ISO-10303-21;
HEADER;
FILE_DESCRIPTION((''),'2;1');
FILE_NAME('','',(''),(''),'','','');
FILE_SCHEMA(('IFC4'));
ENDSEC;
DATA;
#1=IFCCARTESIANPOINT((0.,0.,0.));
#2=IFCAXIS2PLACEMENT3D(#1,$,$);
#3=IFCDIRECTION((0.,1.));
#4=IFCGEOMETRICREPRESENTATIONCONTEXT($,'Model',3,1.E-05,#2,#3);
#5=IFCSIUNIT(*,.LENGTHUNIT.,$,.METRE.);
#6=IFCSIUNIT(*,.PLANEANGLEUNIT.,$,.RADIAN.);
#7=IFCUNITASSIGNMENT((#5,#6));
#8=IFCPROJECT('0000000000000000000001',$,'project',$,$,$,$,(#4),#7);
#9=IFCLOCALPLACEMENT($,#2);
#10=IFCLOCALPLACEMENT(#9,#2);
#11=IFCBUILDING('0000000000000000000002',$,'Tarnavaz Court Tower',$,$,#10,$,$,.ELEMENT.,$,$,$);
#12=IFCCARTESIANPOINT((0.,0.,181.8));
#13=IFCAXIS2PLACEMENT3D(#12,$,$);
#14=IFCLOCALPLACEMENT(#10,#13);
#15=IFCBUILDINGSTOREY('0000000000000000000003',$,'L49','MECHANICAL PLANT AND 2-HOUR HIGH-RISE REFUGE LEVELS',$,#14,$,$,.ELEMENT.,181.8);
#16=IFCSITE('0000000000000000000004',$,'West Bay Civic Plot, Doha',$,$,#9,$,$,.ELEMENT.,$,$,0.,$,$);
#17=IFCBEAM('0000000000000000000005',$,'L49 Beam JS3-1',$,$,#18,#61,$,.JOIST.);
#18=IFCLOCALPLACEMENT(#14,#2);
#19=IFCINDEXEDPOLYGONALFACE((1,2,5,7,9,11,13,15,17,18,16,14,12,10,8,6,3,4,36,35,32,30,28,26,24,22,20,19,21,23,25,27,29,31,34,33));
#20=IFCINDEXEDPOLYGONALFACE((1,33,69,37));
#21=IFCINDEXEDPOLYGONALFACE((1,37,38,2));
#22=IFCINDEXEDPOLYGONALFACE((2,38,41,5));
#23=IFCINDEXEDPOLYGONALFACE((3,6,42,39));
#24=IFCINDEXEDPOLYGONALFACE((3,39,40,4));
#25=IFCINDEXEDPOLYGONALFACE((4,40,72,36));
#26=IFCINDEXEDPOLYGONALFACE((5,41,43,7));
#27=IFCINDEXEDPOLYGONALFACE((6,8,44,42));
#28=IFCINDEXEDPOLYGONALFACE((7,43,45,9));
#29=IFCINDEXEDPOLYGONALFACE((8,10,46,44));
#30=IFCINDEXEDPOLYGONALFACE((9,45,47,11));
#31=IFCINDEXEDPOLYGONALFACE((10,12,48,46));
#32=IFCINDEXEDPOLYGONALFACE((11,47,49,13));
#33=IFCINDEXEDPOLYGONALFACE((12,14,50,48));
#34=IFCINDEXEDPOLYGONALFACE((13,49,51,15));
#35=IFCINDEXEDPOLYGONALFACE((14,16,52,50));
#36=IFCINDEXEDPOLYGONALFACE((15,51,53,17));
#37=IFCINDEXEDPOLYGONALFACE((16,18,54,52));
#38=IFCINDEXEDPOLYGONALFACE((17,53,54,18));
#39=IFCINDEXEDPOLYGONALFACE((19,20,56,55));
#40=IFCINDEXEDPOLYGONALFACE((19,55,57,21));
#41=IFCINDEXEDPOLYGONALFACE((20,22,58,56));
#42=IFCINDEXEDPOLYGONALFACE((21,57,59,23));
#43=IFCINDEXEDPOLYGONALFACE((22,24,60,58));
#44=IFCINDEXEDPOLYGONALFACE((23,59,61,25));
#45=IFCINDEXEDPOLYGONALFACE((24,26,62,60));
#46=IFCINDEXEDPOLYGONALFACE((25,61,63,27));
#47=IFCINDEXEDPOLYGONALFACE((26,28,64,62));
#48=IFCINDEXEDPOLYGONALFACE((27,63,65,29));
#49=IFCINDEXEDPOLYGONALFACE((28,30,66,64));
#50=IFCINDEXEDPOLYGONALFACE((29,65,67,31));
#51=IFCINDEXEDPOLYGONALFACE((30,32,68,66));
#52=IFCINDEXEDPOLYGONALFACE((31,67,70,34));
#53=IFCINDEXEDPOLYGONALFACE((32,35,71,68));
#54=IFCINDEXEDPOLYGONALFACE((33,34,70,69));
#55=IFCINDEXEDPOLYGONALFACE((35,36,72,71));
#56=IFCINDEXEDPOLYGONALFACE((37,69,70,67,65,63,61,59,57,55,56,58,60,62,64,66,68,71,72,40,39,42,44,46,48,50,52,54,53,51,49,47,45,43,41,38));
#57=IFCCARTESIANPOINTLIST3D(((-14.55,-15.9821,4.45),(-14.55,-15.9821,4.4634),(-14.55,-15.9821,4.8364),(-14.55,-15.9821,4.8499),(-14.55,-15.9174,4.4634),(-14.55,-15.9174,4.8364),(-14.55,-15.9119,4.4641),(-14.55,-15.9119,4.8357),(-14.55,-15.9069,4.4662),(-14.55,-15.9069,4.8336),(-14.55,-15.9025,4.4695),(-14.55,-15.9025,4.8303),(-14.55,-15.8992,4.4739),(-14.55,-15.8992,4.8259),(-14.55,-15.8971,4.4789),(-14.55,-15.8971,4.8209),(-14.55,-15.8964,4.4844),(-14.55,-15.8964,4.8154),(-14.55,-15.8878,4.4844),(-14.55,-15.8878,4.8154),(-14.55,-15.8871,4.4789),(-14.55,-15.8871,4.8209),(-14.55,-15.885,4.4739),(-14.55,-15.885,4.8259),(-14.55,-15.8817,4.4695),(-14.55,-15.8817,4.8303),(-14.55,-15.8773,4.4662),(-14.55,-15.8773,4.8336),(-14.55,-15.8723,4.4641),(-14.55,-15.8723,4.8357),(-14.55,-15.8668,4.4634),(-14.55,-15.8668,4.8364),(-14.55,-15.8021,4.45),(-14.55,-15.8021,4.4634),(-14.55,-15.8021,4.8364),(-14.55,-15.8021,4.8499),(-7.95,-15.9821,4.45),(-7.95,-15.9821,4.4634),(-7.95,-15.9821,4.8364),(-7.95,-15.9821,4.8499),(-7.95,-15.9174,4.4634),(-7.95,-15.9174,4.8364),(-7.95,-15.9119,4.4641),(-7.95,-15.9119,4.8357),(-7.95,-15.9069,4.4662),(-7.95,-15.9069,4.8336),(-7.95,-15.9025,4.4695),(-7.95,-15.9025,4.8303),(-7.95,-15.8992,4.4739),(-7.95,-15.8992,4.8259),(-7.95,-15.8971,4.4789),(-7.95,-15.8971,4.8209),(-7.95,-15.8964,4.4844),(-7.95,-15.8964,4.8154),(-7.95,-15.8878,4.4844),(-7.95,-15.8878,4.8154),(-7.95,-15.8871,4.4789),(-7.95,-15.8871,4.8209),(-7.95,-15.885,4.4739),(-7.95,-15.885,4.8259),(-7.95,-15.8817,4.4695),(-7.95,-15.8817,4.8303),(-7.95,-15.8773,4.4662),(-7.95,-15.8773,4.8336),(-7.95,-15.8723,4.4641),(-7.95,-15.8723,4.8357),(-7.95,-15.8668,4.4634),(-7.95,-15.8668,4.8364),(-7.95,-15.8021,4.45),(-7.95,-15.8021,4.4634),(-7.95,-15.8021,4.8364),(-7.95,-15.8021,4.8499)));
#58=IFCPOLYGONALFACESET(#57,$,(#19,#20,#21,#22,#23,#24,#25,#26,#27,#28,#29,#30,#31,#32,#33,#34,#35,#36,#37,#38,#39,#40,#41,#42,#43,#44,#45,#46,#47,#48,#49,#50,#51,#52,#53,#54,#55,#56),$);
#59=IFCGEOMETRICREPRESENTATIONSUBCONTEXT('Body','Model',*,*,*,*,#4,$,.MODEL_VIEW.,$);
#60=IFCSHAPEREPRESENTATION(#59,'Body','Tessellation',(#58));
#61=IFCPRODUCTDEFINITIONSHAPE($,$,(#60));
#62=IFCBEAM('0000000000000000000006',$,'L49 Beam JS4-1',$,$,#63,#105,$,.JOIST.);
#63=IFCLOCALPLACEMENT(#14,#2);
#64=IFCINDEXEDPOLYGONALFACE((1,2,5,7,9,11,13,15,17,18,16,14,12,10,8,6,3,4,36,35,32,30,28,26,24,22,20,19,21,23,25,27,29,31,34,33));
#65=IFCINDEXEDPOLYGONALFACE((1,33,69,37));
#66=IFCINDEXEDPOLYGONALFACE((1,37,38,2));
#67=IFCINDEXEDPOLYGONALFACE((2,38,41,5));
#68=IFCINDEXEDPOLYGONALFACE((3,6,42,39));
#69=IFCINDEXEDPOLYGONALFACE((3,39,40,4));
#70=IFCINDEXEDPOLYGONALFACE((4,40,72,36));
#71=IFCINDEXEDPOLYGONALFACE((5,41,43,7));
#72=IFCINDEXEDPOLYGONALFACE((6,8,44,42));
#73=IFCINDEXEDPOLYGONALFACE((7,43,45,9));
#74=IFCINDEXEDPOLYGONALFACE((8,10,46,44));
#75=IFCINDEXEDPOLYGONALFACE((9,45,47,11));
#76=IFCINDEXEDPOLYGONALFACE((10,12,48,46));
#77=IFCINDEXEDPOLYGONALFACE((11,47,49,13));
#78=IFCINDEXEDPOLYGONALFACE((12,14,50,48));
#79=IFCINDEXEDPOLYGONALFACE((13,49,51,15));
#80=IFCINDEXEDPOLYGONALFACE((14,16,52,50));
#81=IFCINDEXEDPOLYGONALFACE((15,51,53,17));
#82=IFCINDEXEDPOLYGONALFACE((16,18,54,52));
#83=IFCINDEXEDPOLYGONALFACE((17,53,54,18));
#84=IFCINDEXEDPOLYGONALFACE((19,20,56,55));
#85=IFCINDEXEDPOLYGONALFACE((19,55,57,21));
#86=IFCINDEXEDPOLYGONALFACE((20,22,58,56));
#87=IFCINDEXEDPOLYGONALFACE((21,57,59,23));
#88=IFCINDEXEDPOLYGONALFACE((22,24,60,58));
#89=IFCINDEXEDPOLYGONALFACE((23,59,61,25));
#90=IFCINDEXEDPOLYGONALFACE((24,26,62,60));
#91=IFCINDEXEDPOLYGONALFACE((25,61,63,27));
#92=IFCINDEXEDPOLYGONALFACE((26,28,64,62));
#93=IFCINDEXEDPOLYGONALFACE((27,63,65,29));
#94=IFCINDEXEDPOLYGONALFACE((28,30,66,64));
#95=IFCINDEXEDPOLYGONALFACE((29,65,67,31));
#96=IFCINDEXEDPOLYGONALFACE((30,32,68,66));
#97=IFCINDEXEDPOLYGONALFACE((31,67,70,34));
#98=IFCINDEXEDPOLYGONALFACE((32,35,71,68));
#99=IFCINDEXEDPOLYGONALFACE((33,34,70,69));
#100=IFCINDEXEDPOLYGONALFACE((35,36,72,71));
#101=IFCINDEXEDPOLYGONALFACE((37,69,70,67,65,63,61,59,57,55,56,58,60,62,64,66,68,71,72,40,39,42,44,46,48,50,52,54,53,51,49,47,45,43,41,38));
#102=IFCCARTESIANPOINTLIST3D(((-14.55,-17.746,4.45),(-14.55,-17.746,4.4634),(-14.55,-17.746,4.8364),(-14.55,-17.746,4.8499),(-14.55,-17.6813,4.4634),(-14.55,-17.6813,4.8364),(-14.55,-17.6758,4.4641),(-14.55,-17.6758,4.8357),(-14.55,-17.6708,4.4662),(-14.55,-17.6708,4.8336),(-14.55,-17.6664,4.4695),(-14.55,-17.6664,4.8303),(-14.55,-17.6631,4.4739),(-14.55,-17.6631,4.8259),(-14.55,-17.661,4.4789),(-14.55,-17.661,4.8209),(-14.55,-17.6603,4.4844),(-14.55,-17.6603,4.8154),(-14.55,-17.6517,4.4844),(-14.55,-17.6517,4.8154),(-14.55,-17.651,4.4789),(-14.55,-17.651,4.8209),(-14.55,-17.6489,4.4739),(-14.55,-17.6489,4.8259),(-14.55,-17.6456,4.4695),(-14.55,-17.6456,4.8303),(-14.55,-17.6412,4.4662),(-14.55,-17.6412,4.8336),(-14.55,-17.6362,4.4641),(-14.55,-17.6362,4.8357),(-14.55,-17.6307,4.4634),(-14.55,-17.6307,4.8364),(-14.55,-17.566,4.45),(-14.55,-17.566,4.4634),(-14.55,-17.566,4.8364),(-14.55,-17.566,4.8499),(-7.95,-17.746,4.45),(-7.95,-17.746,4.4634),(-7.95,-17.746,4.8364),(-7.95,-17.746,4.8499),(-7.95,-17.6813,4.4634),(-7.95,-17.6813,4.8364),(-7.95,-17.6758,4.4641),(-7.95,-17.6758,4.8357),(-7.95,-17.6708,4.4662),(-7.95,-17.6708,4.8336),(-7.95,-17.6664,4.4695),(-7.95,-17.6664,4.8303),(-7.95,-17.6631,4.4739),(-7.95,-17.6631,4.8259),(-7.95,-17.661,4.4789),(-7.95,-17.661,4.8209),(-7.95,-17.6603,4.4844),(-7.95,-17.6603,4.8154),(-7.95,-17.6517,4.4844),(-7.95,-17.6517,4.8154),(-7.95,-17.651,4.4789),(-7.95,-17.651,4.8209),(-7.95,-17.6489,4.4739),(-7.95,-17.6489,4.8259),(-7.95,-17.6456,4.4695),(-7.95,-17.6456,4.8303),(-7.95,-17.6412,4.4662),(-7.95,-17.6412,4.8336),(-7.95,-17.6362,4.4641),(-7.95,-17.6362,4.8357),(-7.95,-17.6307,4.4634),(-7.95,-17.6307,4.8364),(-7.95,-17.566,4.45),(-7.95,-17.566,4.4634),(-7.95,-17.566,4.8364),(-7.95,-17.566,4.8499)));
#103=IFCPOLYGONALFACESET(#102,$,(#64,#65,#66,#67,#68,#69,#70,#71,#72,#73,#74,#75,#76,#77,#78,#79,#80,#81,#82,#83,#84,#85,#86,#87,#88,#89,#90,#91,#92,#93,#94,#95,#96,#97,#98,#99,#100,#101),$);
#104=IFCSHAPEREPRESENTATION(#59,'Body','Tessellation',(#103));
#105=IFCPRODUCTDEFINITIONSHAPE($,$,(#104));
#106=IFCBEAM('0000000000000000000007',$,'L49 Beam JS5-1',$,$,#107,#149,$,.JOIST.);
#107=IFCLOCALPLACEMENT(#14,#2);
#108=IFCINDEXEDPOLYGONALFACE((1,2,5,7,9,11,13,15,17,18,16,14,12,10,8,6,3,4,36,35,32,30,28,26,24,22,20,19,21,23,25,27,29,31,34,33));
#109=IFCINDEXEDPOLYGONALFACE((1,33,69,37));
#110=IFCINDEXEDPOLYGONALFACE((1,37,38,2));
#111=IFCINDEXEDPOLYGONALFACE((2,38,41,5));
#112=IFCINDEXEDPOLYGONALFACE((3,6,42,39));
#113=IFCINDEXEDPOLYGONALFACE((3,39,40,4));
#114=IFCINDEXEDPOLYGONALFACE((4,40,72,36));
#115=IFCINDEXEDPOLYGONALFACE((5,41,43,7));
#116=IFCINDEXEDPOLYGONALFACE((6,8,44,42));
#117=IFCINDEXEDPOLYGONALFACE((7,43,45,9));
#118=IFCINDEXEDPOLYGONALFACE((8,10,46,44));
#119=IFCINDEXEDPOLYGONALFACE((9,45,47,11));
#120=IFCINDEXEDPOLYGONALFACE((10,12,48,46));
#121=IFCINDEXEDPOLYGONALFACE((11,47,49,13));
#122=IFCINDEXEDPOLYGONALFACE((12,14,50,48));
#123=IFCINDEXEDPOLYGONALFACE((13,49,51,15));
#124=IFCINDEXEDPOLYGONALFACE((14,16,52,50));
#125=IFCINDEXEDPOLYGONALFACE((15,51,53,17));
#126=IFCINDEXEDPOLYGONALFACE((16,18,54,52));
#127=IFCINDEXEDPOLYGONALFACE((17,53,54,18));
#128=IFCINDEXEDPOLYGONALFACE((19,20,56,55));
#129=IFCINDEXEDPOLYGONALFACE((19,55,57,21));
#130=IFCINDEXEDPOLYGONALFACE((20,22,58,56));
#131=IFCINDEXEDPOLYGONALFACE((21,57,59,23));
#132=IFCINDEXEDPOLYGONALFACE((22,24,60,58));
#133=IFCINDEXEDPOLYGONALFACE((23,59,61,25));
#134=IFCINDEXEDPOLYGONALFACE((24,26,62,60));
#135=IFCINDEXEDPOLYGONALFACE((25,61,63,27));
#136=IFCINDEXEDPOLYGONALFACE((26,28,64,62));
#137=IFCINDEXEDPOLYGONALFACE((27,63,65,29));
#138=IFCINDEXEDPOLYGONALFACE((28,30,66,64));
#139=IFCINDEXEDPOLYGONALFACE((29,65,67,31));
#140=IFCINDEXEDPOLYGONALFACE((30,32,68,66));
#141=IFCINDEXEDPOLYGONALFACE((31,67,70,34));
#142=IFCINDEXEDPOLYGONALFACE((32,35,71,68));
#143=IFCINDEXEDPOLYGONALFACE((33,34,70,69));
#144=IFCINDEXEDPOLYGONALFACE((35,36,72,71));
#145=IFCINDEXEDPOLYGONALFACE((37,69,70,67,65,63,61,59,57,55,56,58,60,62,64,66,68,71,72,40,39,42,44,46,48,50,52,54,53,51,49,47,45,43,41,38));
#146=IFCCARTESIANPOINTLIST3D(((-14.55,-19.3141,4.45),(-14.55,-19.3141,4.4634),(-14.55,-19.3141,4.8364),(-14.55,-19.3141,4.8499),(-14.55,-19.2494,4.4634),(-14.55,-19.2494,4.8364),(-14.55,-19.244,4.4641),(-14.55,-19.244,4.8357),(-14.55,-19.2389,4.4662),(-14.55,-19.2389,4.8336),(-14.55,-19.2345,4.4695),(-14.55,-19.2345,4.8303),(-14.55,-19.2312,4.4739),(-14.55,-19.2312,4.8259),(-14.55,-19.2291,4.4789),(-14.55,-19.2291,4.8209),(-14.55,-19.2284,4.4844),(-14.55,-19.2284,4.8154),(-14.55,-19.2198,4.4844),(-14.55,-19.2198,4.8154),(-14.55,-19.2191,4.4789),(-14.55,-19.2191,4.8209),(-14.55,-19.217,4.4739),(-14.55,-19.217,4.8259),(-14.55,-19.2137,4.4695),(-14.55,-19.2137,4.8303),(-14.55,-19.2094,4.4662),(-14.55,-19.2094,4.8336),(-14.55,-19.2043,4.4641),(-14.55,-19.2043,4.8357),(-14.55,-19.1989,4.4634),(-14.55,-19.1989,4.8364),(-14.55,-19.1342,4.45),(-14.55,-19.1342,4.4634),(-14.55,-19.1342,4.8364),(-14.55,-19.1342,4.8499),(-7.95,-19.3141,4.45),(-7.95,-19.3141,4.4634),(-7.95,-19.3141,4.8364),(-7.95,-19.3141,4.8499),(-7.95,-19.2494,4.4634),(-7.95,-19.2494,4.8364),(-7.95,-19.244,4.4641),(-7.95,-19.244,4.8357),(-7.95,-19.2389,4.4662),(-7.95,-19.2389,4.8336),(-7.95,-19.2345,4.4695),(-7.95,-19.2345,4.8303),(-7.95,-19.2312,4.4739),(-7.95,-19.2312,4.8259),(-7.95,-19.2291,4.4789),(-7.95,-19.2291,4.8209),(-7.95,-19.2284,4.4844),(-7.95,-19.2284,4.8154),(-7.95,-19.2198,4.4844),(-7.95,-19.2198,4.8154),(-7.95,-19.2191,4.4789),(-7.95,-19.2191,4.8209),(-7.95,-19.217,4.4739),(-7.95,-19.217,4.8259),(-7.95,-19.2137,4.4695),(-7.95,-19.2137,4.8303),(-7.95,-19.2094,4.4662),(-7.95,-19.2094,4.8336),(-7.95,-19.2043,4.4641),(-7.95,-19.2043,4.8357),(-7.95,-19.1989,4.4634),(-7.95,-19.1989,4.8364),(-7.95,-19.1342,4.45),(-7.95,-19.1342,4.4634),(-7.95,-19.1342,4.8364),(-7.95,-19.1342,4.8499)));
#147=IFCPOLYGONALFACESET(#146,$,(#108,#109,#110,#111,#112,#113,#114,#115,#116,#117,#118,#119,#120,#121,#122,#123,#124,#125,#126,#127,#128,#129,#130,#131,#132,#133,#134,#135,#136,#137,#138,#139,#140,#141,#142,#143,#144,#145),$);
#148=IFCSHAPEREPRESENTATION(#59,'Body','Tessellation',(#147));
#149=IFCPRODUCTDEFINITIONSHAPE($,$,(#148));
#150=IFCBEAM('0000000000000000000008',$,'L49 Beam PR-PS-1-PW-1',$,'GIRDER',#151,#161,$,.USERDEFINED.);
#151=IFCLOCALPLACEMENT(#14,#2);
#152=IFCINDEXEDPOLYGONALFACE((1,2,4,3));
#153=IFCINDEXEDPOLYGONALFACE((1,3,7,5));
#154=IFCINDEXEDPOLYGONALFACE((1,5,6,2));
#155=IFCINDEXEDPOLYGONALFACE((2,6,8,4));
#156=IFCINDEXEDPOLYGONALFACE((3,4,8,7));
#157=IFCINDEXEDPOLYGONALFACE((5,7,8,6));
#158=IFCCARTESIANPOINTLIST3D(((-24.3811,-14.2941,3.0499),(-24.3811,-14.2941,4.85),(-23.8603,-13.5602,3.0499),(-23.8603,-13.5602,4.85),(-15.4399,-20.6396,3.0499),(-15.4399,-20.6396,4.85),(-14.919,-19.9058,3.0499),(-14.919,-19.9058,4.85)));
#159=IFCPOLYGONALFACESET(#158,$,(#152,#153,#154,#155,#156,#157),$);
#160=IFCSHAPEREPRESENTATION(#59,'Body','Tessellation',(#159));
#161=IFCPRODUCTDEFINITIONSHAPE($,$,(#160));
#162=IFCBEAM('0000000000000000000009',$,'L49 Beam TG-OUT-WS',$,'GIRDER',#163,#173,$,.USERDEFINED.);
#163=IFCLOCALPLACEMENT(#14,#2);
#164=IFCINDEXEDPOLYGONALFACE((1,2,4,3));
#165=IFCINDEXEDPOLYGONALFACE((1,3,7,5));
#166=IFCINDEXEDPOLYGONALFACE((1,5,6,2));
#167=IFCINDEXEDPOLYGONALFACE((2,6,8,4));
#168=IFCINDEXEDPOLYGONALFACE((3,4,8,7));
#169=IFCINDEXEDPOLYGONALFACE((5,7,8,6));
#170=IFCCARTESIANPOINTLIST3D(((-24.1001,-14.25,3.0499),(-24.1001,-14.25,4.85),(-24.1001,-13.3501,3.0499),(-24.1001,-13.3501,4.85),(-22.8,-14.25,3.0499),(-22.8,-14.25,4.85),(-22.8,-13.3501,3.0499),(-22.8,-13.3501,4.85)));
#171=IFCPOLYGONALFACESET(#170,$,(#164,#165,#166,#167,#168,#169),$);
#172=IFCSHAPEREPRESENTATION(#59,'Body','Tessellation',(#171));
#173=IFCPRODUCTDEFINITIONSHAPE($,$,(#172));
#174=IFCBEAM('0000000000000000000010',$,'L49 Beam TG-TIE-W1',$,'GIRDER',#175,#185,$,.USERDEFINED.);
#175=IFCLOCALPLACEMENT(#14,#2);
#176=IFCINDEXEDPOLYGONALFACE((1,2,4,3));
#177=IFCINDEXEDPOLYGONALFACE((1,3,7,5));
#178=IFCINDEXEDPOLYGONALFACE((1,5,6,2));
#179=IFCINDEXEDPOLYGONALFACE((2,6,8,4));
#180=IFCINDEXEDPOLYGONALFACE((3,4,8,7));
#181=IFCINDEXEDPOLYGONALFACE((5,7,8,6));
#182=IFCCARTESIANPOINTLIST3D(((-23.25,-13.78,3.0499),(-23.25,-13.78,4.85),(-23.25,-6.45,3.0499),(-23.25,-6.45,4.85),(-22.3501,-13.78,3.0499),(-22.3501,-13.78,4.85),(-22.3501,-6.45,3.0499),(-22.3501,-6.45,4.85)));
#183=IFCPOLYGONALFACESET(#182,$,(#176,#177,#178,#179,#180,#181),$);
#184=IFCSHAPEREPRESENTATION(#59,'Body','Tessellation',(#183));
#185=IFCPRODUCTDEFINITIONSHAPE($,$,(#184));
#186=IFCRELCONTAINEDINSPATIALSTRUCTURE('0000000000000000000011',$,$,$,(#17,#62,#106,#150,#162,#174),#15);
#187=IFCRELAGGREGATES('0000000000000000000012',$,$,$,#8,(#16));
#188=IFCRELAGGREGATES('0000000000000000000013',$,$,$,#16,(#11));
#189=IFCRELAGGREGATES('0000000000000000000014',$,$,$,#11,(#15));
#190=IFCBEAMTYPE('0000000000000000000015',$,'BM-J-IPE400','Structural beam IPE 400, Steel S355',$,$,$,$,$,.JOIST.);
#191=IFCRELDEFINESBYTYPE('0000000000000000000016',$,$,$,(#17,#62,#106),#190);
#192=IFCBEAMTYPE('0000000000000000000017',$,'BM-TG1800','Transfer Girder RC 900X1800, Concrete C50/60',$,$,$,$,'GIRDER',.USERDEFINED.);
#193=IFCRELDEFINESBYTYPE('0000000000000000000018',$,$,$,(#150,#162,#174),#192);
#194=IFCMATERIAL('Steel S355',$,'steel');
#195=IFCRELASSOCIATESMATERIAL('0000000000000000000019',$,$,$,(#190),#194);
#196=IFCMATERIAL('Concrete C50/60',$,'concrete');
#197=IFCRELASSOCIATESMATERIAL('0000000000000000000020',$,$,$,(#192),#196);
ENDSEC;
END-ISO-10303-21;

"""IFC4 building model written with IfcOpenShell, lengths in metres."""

from ifc_helpers import new_model, si_unit, direction, frame, origin, origin_2d, place, context, subcontext, project, spatial, rectangle, i_section, extrude, material, material_profile, profile_set, type_object, element, save


model = new_model("IFC4")

# Units and contexts
model_context = context("Model", 3, precision=1e-05, world=origin(), true_north=direction((0.0, 1.0)))
body_context = subcontext(model_context, "Body", "Model", "MODEL_VIEW")
ifc_project = project(units=[si_unit("LENGTHUNIT", "METRE"), si_unit("PLANEANGLEUNIT", "RADIAN")], contexts=[model_context])

# Site, building, storey
site_placement = place(None, origin())
site = spatial("IfcSite", under=ifc_project, at=site_placement, Name="West Bay Civic Plot, Doha", CompositionType="ELEMENT", RefElevation=0.0)
building_placement = place(site_placement, origin())
building = spatial("IfcBuilding", under=site, at=building_placement, Name="Tarnavaz Court Tower", CompositionType="ELEMENT")
storey_placement = place(building_placement, frame((0.0, 0.0, 181.8)))
storey = spatial("IfcBuildingStorey", under=building, at=storey_placement, Name="L49", Description="MECHANICAL PLANT AND 2-HOUR HIGH-RISE REFUGE LEVELS", CompositionType="ELEMENT", Elevation=181.8)

# Beams
ifc_material_1 = material(Name="Steel S355", Category="steel")
ifc_material_profile_1 = material_profile(ifc_material_1, i_section(OverallWidth=0.1799, OverallDepth=0.3999, WebThickness=0.0085, FlangeThickness=0.0134, FilletRadius=0.021, at=origin_2d()), Name="IPE 400")
ifc_profile_set_1 = profile_set([ifc_material_profile_1], Name="Steel S355")
beam_type_1 = type_object("IfcBeamType", Name="BM-J-IPE400", Description="Structural beam IPE 400, Steel S355", PredefinedType="JOIST", material=ifc_profile_set_1)
for number, where, z_axis, x_axis, name in (
    (1, (-14.55, -15.8921, 4.6499), (1.0, 0.0, 0.0), (0.0, 1.0, 0.0), "L49 Beam JS3-1"),
    (2, (-14.55, -17.656, 4.6499), (1.0, 0.0, 0.0), (0.0, 1.0, 0.0), "L49 Beam JS4-1"),
    (3, (-14.55, -19.2241, 4.6499), (1.0, 0.0, 0.0), (0.0, 1.0, 0.0), "L49 Beam JS5-1"),
):
    element("IfcBeam", number, at=place(storey_placement, frame(where, z_axis=z_axis, x_axis=x_axis)), inside=storey, type_object=beam_type_1, Name=name, PredefinedType="JOIST", context=body_context, shape_type="SweptSolid", body=[
        extrude(i_section(OverallWidth=0.1799, OverallDepth=0.3999, WebThickness=0.0085, FlangeThickness=0.0134, FilletRadius=0.021, at=origin_2d()), origin(), (0.0, 0.0, 1.0), 6.6001),
    ])
ifc_material_2 = material(Name="Concrete C50/60", Category="concrete")
ifc_material_profile_2 = material_profile(ifc_material_2, rectangle(XDim=0.8999, YDim=1.8, at=origin_2d()), Name="RC 900X1800")
ifc_profile_set_2 = profile_set([ifc_material_profile_2], Name="Concrete C50/60")
beam_type_2 = type_object("IfcBeamType", Name="BM-TG1800", Description="Transfer Girder RC 900X1800, Concrete C50/60", ElementType="GIRDER", PredefinedType="USERDEFINED", material=ifc_profile_set_2)
beam_1_placement = place(storey_placement, frame((-15.1794, -20.2727, 3.95), z_axis=(-0.815502, 0.578754, 0.0), x_axis=(-0.578754, -0.815502, 0.0)))
element("IfcBeam", 4, at=beam_1_placement, inside=storey, type_object=beam_type_2, Name="L49 Beam PR-PS-1-PW-1", ObjectType="GIRDER", PredefinedType="USERDEFINED", context=body_context, shape_type="SweptSolid", body=[
    extrude(rectangle(XDim=0.8999, YDim=1.8, at=origin_2d()), origin(), (0.0, 0.0, 1.0), 10.9641),
])
beam_2_placement = place(storey_placement, frame((-22.8, -13.8, 3.95), z_axis=(-1.0, 0.0, 0.0), x_axis=(0.0, -1.0, 0.0)))
element("IfcBeam", 5, at=beam_2_placement, inside=storey, type_object=beam_type_2, Name="L49 Beam TG-OUT-WS", ObjectType="GIRDER", PredefinedType="USERDEFINED", context=body_context, shape_type="SweptSolid", body=[
    extrude(rectangle(XDim=0.8999, YDim=1.8, at=origin_2d()), origin(), (0.0, 0.0, 1.0), 1.3),
])
beam_3_placement = place(storey_placement, frame((-22.8, -13.78, 3.95), z_axis=(0.0, 1.0, 0.0), x_axis=(-1.0, 0.0, 0.0)))
element("IfcBeam", 6, at=beam_3_placement, inside=storey, type_object=beam_type_2, Name="L49 Beam TG-TIE-W1", ObjectType="GIRDER", PredefinedType="USERDEFINED", context=body_context, shape_type="SweptSolid", body=[
    extrude(rectangle(XDim=0.8999, YDim=1.8, at=origin_2d()), origin(), (0.0, 0.0, 1.0), 7.3301),
])

save(model, "model.ifc")
